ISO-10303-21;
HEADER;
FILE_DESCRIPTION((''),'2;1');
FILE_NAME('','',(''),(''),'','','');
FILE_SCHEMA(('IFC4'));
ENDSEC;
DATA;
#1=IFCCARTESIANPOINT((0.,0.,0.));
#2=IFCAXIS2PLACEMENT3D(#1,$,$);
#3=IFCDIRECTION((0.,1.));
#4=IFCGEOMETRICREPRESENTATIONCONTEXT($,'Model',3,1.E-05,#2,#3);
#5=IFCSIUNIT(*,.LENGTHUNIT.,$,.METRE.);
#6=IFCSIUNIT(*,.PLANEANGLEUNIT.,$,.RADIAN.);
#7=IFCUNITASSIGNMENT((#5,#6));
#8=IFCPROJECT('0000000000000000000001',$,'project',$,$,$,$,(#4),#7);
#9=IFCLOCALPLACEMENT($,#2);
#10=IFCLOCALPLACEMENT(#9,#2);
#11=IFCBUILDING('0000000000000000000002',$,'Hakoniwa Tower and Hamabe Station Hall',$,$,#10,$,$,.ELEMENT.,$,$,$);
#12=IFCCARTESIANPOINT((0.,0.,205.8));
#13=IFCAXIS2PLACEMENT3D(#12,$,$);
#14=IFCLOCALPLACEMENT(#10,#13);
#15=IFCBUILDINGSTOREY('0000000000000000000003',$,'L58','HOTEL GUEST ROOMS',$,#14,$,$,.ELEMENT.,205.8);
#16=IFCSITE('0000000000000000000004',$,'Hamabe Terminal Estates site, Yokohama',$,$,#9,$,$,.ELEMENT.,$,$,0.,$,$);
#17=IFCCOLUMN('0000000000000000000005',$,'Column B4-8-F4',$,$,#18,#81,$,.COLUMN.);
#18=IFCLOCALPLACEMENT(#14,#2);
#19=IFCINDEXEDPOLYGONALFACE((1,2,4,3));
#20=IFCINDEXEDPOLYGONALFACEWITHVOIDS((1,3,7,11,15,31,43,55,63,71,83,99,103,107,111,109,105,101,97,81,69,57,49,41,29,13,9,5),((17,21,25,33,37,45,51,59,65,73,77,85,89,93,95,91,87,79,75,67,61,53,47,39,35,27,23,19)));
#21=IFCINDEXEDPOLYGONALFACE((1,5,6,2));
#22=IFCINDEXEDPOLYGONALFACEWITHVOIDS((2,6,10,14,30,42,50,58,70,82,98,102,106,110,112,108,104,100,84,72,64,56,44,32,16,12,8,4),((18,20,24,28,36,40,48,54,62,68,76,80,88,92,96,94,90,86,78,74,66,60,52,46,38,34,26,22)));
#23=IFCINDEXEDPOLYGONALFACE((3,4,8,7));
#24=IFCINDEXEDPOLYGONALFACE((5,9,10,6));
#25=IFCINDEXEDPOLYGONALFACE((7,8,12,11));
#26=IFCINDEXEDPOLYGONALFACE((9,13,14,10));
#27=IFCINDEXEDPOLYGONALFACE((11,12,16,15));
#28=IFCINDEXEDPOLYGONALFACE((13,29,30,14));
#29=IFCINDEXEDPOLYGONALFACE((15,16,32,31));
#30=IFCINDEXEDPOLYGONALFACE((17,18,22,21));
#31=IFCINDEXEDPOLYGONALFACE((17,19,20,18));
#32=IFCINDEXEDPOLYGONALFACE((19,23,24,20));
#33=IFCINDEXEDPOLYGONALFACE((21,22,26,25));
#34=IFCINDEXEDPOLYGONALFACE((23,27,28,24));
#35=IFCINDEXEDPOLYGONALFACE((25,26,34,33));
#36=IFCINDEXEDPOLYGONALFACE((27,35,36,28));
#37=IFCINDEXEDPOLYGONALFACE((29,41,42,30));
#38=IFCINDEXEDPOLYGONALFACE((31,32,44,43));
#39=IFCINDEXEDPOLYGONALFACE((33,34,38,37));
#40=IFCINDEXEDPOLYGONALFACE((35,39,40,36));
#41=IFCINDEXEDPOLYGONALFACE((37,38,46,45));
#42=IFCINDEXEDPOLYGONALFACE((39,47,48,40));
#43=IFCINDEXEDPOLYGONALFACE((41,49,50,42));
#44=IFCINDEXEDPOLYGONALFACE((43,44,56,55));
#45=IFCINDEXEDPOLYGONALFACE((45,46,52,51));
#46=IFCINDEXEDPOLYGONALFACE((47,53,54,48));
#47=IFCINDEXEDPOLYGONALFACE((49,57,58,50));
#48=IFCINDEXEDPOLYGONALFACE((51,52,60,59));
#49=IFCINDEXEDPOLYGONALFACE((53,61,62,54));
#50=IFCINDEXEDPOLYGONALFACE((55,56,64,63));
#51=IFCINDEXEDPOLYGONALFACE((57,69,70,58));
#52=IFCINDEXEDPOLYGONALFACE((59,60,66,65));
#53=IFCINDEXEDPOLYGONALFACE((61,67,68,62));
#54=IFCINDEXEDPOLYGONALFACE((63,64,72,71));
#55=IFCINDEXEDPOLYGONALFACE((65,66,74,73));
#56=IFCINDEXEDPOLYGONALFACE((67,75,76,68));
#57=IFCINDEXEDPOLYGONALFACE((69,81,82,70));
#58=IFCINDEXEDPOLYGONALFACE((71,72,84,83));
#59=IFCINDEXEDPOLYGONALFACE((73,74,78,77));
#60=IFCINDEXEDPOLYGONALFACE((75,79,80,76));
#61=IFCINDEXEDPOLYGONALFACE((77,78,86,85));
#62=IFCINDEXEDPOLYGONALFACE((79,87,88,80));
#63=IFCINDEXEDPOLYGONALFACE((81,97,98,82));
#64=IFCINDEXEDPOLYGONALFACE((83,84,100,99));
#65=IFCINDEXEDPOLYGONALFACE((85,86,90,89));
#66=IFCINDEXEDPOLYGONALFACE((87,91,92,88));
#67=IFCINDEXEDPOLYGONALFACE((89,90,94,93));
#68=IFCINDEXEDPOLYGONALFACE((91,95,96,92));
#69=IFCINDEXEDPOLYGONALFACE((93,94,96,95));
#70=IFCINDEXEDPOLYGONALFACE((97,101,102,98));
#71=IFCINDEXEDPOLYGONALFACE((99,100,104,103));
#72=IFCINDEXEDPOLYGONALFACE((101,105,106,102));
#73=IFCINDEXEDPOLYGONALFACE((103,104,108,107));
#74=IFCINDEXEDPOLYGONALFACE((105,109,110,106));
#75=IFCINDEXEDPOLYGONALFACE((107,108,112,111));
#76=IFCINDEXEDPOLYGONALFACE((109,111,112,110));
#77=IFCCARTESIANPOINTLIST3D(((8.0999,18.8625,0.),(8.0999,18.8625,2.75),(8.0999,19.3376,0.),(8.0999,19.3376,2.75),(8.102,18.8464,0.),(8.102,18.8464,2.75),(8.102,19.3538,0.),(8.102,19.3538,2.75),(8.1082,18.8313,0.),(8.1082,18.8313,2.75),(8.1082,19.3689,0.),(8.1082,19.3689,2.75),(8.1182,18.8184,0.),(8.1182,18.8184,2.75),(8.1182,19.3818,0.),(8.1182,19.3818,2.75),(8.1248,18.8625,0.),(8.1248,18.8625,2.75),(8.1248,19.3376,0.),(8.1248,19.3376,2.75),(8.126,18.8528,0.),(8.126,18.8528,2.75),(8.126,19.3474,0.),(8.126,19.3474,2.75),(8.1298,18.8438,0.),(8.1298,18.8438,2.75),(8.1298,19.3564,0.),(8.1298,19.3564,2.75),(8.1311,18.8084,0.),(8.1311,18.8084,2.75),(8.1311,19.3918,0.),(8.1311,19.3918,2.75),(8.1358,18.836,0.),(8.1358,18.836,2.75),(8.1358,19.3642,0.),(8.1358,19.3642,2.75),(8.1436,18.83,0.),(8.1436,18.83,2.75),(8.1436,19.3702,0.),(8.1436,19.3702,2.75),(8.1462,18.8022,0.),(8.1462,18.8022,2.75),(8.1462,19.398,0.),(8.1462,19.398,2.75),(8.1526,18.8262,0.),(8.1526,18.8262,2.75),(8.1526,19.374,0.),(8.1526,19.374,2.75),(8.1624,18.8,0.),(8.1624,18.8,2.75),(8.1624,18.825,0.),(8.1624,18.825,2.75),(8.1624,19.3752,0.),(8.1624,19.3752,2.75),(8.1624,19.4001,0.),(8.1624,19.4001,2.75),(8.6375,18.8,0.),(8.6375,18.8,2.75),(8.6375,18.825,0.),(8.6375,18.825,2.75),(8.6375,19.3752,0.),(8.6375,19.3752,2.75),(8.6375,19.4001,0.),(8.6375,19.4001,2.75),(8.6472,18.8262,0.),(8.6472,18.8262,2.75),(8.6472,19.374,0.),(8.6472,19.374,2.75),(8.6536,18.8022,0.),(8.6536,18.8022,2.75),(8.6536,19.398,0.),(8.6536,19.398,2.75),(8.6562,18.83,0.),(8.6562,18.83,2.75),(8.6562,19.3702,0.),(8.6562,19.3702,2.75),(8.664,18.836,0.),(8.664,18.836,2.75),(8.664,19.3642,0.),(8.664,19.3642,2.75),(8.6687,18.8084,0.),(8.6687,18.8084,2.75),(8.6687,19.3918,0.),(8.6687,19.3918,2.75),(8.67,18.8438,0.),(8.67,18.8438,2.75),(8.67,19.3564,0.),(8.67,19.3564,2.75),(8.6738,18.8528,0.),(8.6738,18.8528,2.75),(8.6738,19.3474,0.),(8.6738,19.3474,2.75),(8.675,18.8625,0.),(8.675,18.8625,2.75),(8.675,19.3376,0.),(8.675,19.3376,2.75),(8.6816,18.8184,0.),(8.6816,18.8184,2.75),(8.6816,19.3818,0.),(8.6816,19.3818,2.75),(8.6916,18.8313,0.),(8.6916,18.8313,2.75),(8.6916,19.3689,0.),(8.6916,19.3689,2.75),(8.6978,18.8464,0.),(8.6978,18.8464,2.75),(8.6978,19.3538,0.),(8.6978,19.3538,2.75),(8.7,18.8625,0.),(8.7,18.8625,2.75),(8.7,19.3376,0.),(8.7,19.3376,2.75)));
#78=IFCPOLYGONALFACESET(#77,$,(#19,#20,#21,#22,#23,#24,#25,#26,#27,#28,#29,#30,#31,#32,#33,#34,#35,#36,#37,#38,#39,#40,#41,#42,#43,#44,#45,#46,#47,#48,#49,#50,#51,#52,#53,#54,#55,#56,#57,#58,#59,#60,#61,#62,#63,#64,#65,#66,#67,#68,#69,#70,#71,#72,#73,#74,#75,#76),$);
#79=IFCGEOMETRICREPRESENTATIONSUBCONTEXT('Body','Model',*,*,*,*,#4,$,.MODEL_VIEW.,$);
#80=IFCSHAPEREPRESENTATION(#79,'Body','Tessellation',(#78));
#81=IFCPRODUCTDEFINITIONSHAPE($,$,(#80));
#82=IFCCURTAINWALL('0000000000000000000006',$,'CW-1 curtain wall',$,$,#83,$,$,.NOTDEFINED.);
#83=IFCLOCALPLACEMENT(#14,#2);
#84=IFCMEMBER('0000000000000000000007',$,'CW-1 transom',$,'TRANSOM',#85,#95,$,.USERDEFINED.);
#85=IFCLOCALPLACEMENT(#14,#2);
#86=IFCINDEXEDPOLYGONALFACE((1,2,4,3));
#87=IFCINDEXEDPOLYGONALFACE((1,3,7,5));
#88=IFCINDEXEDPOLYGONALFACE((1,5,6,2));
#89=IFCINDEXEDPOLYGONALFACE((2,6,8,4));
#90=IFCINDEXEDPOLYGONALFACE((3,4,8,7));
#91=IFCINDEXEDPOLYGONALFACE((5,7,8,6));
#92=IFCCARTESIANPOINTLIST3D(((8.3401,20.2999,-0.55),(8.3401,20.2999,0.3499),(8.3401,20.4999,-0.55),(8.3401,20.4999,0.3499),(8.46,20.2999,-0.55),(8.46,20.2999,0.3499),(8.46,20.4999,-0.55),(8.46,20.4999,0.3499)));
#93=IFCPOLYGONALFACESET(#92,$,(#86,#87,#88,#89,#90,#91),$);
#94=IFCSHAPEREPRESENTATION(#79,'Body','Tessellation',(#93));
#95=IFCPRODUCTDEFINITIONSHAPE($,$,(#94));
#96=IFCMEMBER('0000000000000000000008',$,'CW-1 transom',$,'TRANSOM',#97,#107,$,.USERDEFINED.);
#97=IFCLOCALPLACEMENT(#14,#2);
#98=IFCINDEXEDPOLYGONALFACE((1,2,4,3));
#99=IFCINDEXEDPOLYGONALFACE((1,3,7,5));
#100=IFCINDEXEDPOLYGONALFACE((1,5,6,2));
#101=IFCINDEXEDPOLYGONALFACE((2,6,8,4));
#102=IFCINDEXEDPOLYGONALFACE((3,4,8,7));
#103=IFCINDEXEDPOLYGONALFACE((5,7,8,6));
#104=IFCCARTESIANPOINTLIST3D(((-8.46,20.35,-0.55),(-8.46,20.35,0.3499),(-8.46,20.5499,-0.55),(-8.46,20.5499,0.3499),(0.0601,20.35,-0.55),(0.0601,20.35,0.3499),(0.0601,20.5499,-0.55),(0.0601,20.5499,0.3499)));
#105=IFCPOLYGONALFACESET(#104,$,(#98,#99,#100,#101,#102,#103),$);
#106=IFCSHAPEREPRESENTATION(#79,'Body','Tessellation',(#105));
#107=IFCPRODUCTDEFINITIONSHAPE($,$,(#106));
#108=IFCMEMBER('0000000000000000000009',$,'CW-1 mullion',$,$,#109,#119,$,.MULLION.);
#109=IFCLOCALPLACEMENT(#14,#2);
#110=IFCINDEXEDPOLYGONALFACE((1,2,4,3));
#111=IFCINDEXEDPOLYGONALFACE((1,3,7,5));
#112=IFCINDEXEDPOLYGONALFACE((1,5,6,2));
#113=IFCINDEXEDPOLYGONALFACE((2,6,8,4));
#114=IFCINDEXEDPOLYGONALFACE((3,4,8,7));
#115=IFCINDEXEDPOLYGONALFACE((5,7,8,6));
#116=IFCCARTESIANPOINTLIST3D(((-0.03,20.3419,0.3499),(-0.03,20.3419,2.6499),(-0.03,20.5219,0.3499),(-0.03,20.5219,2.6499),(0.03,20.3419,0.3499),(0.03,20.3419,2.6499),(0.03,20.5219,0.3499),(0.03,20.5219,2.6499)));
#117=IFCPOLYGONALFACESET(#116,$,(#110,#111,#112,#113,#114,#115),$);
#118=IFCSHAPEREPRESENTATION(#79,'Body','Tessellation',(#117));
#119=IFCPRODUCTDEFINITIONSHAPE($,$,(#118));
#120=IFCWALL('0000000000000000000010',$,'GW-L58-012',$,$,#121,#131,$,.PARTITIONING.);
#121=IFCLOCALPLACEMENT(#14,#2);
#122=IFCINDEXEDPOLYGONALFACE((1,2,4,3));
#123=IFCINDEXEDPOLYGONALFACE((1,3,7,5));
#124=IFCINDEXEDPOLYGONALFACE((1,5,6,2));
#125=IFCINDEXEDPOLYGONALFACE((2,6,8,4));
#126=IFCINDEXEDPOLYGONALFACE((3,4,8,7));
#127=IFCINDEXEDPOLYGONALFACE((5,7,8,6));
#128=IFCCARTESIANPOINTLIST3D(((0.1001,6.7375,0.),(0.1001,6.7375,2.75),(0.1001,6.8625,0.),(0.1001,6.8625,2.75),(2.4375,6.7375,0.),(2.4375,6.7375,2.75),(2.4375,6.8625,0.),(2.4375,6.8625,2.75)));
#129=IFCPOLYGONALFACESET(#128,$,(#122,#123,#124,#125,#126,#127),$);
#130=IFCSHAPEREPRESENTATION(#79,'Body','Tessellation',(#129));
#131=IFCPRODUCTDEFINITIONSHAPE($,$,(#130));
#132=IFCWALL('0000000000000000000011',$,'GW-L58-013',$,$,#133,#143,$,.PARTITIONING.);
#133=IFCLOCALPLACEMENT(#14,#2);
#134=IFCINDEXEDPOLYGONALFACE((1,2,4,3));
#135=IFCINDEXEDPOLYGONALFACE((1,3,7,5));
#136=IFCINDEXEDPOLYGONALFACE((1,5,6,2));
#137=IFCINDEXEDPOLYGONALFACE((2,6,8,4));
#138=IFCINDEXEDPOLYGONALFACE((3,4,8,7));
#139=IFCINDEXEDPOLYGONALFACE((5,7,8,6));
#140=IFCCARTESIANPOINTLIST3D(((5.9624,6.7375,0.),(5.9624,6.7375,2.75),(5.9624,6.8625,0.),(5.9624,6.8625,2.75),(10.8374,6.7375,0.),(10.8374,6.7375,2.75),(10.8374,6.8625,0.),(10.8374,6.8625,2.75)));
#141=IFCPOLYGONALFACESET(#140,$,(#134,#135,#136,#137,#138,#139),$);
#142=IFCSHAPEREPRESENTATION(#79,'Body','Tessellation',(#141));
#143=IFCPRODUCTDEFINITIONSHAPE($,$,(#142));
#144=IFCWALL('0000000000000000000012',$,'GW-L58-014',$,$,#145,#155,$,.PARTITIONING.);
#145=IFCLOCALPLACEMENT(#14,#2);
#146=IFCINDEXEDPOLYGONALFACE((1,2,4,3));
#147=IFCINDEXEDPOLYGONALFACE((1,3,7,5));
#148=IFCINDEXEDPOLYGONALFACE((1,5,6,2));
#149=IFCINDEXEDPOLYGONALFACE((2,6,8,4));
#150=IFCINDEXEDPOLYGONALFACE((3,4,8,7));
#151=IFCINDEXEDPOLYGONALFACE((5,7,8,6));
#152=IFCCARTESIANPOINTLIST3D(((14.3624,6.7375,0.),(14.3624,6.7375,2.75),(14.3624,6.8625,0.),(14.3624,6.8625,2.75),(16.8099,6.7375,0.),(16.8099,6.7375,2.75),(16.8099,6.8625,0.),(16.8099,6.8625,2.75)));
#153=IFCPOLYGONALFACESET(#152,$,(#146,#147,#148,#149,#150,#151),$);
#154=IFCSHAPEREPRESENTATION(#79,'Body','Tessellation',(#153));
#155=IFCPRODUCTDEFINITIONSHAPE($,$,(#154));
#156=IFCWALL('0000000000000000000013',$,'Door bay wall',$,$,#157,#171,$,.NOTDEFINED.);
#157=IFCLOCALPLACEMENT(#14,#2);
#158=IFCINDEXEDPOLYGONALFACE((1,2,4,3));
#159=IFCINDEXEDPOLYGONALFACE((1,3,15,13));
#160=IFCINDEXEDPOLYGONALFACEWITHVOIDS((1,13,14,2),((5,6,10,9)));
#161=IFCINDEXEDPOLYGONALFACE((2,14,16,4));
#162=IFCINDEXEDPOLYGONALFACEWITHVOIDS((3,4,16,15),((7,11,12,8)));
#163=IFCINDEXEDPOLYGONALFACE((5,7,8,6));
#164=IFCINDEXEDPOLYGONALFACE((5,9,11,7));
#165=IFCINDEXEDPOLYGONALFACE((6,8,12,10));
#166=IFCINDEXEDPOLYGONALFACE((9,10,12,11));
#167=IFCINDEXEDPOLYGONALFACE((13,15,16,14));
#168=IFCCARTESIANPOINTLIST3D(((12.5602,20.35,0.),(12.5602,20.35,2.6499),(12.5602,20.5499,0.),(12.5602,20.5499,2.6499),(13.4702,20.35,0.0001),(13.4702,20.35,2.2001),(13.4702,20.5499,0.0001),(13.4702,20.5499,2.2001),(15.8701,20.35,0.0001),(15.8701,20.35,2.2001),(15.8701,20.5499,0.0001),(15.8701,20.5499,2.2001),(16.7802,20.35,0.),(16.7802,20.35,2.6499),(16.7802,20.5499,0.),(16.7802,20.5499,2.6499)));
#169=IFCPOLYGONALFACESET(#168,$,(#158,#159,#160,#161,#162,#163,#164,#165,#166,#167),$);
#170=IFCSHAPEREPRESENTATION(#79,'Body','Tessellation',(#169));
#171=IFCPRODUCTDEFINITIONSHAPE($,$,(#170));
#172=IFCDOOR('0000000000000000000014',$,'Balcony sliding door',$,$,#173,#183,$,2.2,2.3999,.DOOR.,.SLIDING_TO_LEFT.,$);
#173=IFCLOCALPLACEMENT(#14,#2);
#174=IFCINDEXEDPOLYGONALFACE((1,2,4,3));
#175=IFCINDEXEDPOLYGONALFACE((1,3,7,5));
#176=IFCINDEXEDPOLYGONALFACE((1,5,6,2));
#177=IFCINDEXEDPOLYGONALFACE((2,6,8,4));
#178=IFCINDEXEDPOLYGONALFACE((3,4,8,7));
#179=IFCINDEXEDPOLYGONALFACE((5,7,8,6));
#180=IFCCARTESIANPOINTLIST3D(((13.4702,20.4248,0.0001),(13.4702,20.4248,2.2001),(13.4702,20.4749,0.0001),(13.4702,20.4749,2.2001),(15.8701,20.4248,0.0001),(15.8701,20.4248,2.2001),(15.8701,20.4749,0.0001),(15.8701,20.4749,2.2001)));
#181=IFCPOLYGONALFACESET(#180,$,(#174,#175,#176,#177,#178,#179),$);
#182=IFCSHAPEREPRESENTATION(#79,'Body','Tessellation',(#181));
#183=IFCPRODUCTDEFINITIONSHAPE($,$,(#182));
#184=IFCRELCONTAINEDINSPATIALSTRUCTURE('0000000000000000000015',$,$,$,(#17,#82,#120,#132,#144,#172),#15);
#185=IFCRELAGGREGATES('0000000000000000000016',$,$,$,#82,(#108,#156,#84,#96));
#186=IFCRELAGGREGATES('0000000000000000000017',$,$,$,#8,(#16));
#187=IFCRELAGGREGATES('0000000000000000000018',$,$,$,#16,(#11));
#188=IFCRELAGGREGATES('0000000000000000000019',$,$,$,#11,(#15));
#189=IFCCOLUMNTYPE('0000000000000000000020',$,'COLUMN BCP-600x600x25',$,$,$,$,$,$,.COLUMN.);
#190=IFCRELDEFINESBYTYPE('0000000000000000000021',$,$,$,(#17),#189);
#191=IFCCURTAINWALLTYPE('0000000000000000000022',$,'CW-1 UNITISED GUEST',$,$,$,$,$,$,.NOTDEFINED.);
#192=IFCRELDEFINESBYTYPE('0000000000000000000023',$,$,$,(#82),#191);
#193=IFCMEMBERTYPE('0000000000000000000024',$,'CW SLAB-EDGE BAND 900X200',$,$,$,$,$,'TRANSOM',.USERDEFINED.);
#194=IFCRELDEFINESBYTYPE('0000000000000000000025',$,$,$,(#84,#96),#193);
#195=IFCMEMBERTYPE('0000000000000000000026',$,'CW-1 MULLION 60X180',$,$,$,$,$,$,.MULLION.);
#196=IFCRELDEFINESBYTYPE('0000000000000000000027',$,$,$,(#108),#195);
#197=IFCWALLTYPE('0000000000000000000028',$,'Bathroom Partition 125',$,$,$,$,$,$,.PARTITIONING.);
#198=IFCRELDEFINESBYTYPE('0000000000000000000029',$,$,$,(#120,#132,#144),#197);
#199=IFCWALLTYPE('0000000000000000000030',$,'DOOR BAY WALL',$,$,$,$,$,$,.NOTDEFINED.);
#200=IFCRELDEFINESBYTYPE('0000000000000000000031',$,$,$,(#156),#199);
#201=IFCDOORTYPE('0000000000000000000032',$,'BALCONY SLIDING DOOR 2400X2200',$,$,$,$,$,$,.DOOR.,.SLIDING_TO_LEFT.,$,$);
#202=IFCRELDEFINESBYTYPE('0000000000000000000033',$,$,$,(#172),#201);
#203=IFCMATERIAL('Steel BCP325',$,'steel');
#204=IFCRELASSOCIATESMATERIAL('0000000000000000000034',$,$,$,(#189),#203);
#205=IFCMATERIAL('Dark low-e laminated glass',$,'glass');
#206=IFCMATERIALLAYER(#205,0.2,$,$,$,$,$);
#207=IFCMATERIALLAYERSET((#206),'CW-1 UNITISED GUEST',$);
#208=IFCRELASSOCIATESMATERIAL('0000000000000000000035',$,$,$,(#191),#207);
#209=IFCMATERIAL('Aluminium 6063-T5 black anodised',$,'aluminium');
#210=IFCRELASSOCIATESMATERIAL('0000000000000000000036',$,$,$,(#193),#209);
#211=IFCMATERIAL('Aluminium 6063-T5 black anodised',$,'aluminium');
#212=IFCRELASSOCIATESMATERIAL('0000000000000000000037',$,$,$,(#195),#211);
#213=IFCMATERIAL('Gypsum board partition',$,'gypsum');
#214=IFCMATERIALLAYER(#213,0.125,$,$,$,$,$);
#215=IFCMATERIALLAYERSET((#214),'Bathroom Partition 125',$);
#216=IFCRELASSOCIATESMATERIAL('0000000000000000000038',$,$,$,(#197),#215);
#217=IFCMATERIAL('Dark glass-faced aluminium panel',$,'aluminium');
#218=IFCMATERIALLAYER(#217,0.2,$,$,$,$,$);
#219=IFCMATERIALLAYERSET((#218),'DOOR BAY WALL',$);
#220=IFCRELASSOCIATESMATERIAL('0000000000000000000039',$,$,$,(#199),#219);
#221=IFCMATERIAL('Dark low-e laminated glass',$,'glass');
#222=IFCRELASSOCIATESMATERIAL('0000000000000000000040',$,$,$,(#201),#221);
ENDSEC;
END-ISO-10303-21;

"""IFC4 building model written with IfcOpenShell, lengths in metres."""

from ifc_helpers import new_model, si_unit, direction, frame, frame_2d, origin, origin_2d, place, context, subcontext, project, spatial, rectangle, hollow_rectangle, extrude, material, layer, layer_set, material_profile, profile_set, type_object, element, fill, aggregate, save


model = new_model("IFC4")

# Units and contexts
model_context = context("Model", 3, precision=1e-05, world=origin(), true_north=direction((0.0, 1.0)))
body_context = subcontext(model_context, "Body", "Model", "MODEL_VIEW")
ifc_project = project(units=[si_unit("LENGTHUNIT", "METRE"), si_unit("PLANEANGLEUNIT", "RADIAN")], contexts=[model_context])

# Site, building, storey
site_placement = place(None, origin())
site = spatial("IfcSite", under=ifc_project, at=site_placement, Name="Hamabe Terminal Estates site, Yokohama", CompositionType="ELEMENT", RefElevation=0.0)
building_placement = place(site_placement, origin())
building = spatial("IfcBuilding", under=site, at=building_placement, Name="Hakoniwa Tower and Hamabe Station Hall", CompositionType="ELEMENT")
storey_placement = place(building_placement, frame((0.0, 0.0, 205.8)))
storey = spatial("IfcBuildingStorey", under=building, at=storey_placement, Name="L58", Description="HOTEL GUEST ROOMS", CompositionType="ELEMENT", Elevation=205.8)

# Column
ifc_material_1 = material(Name="Steel BCP325", Category="steel")
ifc_material_profile_1 = material_profile(ifc_material_1, hollow_rectangle(XDim=0.6001, YDim=0.6001, WallThickness=0.0249, InnerFilletRadius=0.0376, OuterFilletRadius=0.0625, at=origin_2d()), Name="BCP-600x600x25")
ifc_profile_set_1 = profile_set([ifc_material_profile_1], Name="Steel BCP325")
column_type = type_object("IfcColumnType", Name="COLUMN BCP-600x600x25", PredefinedType="COLUMN", material=ifc_profile_set_1)
column_placement = place(storey_placement, frame((8.3999, 19.1001, 0.0), z_axis=(0.0, 0.0, 1.0), x_axis=(1.0, 0.0, 0.0)))
element("IfcColumn", 1, at=column_placement, inside=storey, type_object=column_type, Name="Column B4-8-F4", PredefinedType="COLUMN", context=body_context, shape_type="SweptSolid", body=[
    extrude(hollow_rectangle(XDim=0.6001, YDim=0.6001, WallThickness=0.0249, InnerFilletRadius=0.0376, OuterFilletRadius=0.0625, at=origin_2d()), origin(), (0.0, 0.0, 1.0), 2.75),
])

# Curtain wall, members
ifc_material_2 = material(Name="Dark low-e laminated glass", Category="glass")
ifc_layer_1 = layer(ifc_material_2, 0.2)
ifc_layer_set_1 = layer_set([ifc_layer_1], Name="CW-1 UNITISED GUEST")
curtain_wall_type = type_object("IfcCurtainWallType", Name="CW-1 UNITISED GUEST", PredefinedType="NOTDEFINED", material=ifc_layer_set_1)
curtain_wall_placement = place(storey_placement, origin())
curtain_wall = element("IfcCurtainWall", 2, at=curtain_wall_placement, inside=storey, type_object=curtain_wall_type, Name="CW-1 curtain wall", PredefinedType="NOTDEFINED")
ifc_material_3 = material(Name="Aluminium 6063-T5 black anodised", Category="aluminium")
ifc_material_profile_2 = material_profile(ifc_material_3, rectangle(XDim=0.2, YDim=0.8999, at=origin_2d()), Name="CW SLAB-EDGE BAND 900X200")
ifc_profile_set_2 = profile_set([ifc_material_profile_2], Name="Aluminium 6063-T5 black anodised")
member_type_1 = type_object("IfcMemberType", Name="CW SLAB-EDGE BAND 900X200", ElementType="TRANSOM", PredefinedType="USERDEFINED", material=ifc_profile_set_2)
member_1_placement = place(storey_placement, frame((8.46, 20.3999, -0.1001), z_axis=(-1.0, 0.0, 0.0), x_axis=(0.0, -1.0, 0.0)))
member_1 = element("IfcMember", 3, at=member_1_placement, type_object=member_type_1, Name="CW-1 transom", ObjectType="TRANSOM", PredefinedType="USERDEFINED", context=body_context, shape_type="SweptSolid", body=[
    extrude(rectangle(XDim=0.2, YDim=0.8999, at=origin_2d()), origin(), (0.0, 0.0, 1.0), 0.1199),
])
member_2_placement = place(storey_placement, frame((0.0601, 20.45, -0.1001), z_axis=(-1.0, 0.0, 0.0), x_axis=(0.0, -1.0, 0.0)))
member_2 = element("IfcMember", 4, at=member_2_placement, type_object=member_type_1, Name="CW-1 transom", ObjectType="TRANSOM", PredefinedType="USERDEFINED", context=body_context, shape_type="SweptSolid", body=[
    extrude(rectangle(XDim=0.2, YDim=0.8999, at=origin_2d()), origin(), (0.0, 0.0, 1.0), 8.52),
])
ifc_material_4 = material(Name="Aluminium 6063-T5 black anodised", Category="aluminium")
ifc_material_profile_3 = material_profile(ifc_material_4, rectangle(XDim=0.0601, YDim=0.1799, at=origin_2d()), Name="CW-1 MULLION 60X180")
ifc_profile_set_3 = profile_set([ifc_material_profile_3], Name="Aluminium 6063-T5 black anodised")
member_type_2 = type_object("IfcMemberType", Name="CW-1 MULLION 60X180", PredefinedType="MULLION", material=ifc_profile_set_3)
member_3_placement = place(storey_placement, frame((0.0, 20.4319, 0.3499), z_axis=(0.0, 0.0, 1.0), x_axis=(-1.0, 0.0, 0.0)))
member_3 = element("IfcMember", 5, at=member_3_placement, type_object=member_type_2, Name="CW-1 mullion", PredefinedType="MULLION", context=body_context, shape_type="SweptSolid", body=[
    extrude(rectangle(XDim=0.0601, YDim=0.1799, at=origin_2d()), origin(), (0.0, 0.0, 1.0), 2.3),
])

# Walls
ifc_material_5 = material(Name="Gypsum board partition", Category="gypsum")
ifc_layer_2 = layer(ifc_material_5, 0.125)
ifc_layer_set_2 = layer_set([ifc_layer_2], Name="Bathroom Partition 125")
wall_type_1 = type_object("IfcWallType", Name="Bathroom Partition 125", PredefinedType="PARTITIONING", material=ifc_layer_set_2)
wall_1_placement = place(storey_placement, frame((0.1001, 6.8, 0.0), z_axis=(0.0, 0.0, 1.0), x_axis=(1.0, 0.0, 0.0)))
element("IfcWall", 6, at=wall_1_placement, inside=storey, type_object=wall_type_1, Name="GW-L58-012", PredefinedType="PARTITIONING", context=body_context, shape_type="SweptSolid", body=[
    extrude(rectangle(XDim=2.3374, YDim=0.125, at=frame_2d((1.1687, 0.0))), origin(), (0.0, 0.0, 1.0), 2.75),
])
wall_2_placement = place(storey_placement, frame((5.9624, 6.8, 0.0), z_axis=(0.0, 0.0, 1.0), x_axis=(1.0, 0.0, 0.0)))
element("IfcWall", 7, at=wall_2_placement, inside=storey, type_object=wall_type_1, Name="GW-L58-013", PredefinedType="PARTITIONING", context=body_context, shape_type="SweptSolid", body=[
    extrude(rectangle(XDim=4.875, YDim=0.125, at=frame_2d((2.4375, 0.0))), origin(), (0.0, 0.0, 1.0), 2.75),
])
wall_3_placement = place(storey_placement, frame((14.3625, 6.8, 0.0), z_axis=(0.0, 0.0, 1.0), x_axis=(1.0, 0.0, 0.0)))
element("IfcWall", 8, at=wall_3_placement, inside=storey, type_object=wall_type_1, Name="GW-L58-014", PredefinedType="PARTITIONING", context=body_context, shape_type="SweptSolid", body=[
    extrude(rectangle(XDim=2.4475, YDim=0.125, at=frame_2d((1.2236, 0.0))), origin(), (0.0, 0.0, 1.0), 2.75),
])

# Wall, opening, door
ifc_material_6 = material(Name="Dark glass-faced aluminium panel", Category="aluminium")
ifc_layer_3 = layer(ifc_material_6, 0.2)
ifc_layer_set_3 = layer_set([ifc_layer_3], Name="DOOR BAY WALL")
wall_type_2 = type_object("IfcWallType", Name="DOOR BAY WALL", PredefinedType="NOTDEFINED", material=ifc_layer_set_3)
wall_4_placement = place(storey_placement, frame((16.78, 20.45, 0.0), z_axis=(0.0, 0.0, 1.0), x_axis=(-1.0, 0.0, 0.0)))
wall_4 = element("IfcWall", 9, at=wall_4_placement, type_object=wall_type_2, Name="Door bay wall", PredefinedType="NOTDEFINED", context=body_context, shape_type="SweptSolid", body=[
    extrude(rectangle(XDim=4.22, YDim=0.2, at=frame_2d((2.1099, 0.0))), origin(), (0.0, 0.0, 1.0), 2.6499),
])
opening_1_placement = place(wall_4_placement, frame((0.9099, 0.0, 0.0)))
opening_1 = element("IfcOpeningElement", 10, at=opening_1_placement, cuts=wall_4, PredefinedType="OPENING", context=body_context, shape_type="SweptSolid", body=[
    extrude(rectangle(XDim=2.3999, YDim=2.2, at=frame_2d((1.2, 1.1001))), frame((0.0, 0.1099, 0.0), z_axis=(0.0, -1.0, 0.0), x_axis=(1.0, 0.0, 0.0)), (0.0, 0.0, 1.0), 0.22),
])
ifc_material_7 = material(Name="Dark low-e laminated glass", Category="glass")
door_type = type_object("IfcDoorType", Name="BALCONY SLIDING DOOR 2400X2200", OperationType="SLIDING_TO_LEFT", PredefinedType="DOOR", material=ifc_material_7)
door_1_placement = place(opening_1_placement, frame((2.3999, 0.0, 0.0), z_axis=(0.0, 0.0, 1.0), x_axis=(-1.0, 0.0, 0.0)))
door_1 = element("IfcDoor", 11, at=door_1_placement, inside=storey, type_object=door_type, Name="Balcony sliding door", OperationType="SLIDING_TO_LEFT", OverallHeight=2.2, OverallWidth=2.3999, PredefinedType="DOOR", context=body_context, shape_type="SweptSolid", body=[
    extrude(rectangle(XDim=2.3999, YDim=2.2, at=frame_2d((1.2, 1.1001))), frame((0.0, 0.0249, 0.0), z_axis=(0.0, -1.0, 0.0), x_axis=(1.0, 0.0, 0.0)), (0.0, 0.0, 1.0), 0.05),
])
fill(opening_1, door_1)
aggregate(curtain_wall, [member_3, wall_4, member_1, member_2])

save(model, "model.ifc")
